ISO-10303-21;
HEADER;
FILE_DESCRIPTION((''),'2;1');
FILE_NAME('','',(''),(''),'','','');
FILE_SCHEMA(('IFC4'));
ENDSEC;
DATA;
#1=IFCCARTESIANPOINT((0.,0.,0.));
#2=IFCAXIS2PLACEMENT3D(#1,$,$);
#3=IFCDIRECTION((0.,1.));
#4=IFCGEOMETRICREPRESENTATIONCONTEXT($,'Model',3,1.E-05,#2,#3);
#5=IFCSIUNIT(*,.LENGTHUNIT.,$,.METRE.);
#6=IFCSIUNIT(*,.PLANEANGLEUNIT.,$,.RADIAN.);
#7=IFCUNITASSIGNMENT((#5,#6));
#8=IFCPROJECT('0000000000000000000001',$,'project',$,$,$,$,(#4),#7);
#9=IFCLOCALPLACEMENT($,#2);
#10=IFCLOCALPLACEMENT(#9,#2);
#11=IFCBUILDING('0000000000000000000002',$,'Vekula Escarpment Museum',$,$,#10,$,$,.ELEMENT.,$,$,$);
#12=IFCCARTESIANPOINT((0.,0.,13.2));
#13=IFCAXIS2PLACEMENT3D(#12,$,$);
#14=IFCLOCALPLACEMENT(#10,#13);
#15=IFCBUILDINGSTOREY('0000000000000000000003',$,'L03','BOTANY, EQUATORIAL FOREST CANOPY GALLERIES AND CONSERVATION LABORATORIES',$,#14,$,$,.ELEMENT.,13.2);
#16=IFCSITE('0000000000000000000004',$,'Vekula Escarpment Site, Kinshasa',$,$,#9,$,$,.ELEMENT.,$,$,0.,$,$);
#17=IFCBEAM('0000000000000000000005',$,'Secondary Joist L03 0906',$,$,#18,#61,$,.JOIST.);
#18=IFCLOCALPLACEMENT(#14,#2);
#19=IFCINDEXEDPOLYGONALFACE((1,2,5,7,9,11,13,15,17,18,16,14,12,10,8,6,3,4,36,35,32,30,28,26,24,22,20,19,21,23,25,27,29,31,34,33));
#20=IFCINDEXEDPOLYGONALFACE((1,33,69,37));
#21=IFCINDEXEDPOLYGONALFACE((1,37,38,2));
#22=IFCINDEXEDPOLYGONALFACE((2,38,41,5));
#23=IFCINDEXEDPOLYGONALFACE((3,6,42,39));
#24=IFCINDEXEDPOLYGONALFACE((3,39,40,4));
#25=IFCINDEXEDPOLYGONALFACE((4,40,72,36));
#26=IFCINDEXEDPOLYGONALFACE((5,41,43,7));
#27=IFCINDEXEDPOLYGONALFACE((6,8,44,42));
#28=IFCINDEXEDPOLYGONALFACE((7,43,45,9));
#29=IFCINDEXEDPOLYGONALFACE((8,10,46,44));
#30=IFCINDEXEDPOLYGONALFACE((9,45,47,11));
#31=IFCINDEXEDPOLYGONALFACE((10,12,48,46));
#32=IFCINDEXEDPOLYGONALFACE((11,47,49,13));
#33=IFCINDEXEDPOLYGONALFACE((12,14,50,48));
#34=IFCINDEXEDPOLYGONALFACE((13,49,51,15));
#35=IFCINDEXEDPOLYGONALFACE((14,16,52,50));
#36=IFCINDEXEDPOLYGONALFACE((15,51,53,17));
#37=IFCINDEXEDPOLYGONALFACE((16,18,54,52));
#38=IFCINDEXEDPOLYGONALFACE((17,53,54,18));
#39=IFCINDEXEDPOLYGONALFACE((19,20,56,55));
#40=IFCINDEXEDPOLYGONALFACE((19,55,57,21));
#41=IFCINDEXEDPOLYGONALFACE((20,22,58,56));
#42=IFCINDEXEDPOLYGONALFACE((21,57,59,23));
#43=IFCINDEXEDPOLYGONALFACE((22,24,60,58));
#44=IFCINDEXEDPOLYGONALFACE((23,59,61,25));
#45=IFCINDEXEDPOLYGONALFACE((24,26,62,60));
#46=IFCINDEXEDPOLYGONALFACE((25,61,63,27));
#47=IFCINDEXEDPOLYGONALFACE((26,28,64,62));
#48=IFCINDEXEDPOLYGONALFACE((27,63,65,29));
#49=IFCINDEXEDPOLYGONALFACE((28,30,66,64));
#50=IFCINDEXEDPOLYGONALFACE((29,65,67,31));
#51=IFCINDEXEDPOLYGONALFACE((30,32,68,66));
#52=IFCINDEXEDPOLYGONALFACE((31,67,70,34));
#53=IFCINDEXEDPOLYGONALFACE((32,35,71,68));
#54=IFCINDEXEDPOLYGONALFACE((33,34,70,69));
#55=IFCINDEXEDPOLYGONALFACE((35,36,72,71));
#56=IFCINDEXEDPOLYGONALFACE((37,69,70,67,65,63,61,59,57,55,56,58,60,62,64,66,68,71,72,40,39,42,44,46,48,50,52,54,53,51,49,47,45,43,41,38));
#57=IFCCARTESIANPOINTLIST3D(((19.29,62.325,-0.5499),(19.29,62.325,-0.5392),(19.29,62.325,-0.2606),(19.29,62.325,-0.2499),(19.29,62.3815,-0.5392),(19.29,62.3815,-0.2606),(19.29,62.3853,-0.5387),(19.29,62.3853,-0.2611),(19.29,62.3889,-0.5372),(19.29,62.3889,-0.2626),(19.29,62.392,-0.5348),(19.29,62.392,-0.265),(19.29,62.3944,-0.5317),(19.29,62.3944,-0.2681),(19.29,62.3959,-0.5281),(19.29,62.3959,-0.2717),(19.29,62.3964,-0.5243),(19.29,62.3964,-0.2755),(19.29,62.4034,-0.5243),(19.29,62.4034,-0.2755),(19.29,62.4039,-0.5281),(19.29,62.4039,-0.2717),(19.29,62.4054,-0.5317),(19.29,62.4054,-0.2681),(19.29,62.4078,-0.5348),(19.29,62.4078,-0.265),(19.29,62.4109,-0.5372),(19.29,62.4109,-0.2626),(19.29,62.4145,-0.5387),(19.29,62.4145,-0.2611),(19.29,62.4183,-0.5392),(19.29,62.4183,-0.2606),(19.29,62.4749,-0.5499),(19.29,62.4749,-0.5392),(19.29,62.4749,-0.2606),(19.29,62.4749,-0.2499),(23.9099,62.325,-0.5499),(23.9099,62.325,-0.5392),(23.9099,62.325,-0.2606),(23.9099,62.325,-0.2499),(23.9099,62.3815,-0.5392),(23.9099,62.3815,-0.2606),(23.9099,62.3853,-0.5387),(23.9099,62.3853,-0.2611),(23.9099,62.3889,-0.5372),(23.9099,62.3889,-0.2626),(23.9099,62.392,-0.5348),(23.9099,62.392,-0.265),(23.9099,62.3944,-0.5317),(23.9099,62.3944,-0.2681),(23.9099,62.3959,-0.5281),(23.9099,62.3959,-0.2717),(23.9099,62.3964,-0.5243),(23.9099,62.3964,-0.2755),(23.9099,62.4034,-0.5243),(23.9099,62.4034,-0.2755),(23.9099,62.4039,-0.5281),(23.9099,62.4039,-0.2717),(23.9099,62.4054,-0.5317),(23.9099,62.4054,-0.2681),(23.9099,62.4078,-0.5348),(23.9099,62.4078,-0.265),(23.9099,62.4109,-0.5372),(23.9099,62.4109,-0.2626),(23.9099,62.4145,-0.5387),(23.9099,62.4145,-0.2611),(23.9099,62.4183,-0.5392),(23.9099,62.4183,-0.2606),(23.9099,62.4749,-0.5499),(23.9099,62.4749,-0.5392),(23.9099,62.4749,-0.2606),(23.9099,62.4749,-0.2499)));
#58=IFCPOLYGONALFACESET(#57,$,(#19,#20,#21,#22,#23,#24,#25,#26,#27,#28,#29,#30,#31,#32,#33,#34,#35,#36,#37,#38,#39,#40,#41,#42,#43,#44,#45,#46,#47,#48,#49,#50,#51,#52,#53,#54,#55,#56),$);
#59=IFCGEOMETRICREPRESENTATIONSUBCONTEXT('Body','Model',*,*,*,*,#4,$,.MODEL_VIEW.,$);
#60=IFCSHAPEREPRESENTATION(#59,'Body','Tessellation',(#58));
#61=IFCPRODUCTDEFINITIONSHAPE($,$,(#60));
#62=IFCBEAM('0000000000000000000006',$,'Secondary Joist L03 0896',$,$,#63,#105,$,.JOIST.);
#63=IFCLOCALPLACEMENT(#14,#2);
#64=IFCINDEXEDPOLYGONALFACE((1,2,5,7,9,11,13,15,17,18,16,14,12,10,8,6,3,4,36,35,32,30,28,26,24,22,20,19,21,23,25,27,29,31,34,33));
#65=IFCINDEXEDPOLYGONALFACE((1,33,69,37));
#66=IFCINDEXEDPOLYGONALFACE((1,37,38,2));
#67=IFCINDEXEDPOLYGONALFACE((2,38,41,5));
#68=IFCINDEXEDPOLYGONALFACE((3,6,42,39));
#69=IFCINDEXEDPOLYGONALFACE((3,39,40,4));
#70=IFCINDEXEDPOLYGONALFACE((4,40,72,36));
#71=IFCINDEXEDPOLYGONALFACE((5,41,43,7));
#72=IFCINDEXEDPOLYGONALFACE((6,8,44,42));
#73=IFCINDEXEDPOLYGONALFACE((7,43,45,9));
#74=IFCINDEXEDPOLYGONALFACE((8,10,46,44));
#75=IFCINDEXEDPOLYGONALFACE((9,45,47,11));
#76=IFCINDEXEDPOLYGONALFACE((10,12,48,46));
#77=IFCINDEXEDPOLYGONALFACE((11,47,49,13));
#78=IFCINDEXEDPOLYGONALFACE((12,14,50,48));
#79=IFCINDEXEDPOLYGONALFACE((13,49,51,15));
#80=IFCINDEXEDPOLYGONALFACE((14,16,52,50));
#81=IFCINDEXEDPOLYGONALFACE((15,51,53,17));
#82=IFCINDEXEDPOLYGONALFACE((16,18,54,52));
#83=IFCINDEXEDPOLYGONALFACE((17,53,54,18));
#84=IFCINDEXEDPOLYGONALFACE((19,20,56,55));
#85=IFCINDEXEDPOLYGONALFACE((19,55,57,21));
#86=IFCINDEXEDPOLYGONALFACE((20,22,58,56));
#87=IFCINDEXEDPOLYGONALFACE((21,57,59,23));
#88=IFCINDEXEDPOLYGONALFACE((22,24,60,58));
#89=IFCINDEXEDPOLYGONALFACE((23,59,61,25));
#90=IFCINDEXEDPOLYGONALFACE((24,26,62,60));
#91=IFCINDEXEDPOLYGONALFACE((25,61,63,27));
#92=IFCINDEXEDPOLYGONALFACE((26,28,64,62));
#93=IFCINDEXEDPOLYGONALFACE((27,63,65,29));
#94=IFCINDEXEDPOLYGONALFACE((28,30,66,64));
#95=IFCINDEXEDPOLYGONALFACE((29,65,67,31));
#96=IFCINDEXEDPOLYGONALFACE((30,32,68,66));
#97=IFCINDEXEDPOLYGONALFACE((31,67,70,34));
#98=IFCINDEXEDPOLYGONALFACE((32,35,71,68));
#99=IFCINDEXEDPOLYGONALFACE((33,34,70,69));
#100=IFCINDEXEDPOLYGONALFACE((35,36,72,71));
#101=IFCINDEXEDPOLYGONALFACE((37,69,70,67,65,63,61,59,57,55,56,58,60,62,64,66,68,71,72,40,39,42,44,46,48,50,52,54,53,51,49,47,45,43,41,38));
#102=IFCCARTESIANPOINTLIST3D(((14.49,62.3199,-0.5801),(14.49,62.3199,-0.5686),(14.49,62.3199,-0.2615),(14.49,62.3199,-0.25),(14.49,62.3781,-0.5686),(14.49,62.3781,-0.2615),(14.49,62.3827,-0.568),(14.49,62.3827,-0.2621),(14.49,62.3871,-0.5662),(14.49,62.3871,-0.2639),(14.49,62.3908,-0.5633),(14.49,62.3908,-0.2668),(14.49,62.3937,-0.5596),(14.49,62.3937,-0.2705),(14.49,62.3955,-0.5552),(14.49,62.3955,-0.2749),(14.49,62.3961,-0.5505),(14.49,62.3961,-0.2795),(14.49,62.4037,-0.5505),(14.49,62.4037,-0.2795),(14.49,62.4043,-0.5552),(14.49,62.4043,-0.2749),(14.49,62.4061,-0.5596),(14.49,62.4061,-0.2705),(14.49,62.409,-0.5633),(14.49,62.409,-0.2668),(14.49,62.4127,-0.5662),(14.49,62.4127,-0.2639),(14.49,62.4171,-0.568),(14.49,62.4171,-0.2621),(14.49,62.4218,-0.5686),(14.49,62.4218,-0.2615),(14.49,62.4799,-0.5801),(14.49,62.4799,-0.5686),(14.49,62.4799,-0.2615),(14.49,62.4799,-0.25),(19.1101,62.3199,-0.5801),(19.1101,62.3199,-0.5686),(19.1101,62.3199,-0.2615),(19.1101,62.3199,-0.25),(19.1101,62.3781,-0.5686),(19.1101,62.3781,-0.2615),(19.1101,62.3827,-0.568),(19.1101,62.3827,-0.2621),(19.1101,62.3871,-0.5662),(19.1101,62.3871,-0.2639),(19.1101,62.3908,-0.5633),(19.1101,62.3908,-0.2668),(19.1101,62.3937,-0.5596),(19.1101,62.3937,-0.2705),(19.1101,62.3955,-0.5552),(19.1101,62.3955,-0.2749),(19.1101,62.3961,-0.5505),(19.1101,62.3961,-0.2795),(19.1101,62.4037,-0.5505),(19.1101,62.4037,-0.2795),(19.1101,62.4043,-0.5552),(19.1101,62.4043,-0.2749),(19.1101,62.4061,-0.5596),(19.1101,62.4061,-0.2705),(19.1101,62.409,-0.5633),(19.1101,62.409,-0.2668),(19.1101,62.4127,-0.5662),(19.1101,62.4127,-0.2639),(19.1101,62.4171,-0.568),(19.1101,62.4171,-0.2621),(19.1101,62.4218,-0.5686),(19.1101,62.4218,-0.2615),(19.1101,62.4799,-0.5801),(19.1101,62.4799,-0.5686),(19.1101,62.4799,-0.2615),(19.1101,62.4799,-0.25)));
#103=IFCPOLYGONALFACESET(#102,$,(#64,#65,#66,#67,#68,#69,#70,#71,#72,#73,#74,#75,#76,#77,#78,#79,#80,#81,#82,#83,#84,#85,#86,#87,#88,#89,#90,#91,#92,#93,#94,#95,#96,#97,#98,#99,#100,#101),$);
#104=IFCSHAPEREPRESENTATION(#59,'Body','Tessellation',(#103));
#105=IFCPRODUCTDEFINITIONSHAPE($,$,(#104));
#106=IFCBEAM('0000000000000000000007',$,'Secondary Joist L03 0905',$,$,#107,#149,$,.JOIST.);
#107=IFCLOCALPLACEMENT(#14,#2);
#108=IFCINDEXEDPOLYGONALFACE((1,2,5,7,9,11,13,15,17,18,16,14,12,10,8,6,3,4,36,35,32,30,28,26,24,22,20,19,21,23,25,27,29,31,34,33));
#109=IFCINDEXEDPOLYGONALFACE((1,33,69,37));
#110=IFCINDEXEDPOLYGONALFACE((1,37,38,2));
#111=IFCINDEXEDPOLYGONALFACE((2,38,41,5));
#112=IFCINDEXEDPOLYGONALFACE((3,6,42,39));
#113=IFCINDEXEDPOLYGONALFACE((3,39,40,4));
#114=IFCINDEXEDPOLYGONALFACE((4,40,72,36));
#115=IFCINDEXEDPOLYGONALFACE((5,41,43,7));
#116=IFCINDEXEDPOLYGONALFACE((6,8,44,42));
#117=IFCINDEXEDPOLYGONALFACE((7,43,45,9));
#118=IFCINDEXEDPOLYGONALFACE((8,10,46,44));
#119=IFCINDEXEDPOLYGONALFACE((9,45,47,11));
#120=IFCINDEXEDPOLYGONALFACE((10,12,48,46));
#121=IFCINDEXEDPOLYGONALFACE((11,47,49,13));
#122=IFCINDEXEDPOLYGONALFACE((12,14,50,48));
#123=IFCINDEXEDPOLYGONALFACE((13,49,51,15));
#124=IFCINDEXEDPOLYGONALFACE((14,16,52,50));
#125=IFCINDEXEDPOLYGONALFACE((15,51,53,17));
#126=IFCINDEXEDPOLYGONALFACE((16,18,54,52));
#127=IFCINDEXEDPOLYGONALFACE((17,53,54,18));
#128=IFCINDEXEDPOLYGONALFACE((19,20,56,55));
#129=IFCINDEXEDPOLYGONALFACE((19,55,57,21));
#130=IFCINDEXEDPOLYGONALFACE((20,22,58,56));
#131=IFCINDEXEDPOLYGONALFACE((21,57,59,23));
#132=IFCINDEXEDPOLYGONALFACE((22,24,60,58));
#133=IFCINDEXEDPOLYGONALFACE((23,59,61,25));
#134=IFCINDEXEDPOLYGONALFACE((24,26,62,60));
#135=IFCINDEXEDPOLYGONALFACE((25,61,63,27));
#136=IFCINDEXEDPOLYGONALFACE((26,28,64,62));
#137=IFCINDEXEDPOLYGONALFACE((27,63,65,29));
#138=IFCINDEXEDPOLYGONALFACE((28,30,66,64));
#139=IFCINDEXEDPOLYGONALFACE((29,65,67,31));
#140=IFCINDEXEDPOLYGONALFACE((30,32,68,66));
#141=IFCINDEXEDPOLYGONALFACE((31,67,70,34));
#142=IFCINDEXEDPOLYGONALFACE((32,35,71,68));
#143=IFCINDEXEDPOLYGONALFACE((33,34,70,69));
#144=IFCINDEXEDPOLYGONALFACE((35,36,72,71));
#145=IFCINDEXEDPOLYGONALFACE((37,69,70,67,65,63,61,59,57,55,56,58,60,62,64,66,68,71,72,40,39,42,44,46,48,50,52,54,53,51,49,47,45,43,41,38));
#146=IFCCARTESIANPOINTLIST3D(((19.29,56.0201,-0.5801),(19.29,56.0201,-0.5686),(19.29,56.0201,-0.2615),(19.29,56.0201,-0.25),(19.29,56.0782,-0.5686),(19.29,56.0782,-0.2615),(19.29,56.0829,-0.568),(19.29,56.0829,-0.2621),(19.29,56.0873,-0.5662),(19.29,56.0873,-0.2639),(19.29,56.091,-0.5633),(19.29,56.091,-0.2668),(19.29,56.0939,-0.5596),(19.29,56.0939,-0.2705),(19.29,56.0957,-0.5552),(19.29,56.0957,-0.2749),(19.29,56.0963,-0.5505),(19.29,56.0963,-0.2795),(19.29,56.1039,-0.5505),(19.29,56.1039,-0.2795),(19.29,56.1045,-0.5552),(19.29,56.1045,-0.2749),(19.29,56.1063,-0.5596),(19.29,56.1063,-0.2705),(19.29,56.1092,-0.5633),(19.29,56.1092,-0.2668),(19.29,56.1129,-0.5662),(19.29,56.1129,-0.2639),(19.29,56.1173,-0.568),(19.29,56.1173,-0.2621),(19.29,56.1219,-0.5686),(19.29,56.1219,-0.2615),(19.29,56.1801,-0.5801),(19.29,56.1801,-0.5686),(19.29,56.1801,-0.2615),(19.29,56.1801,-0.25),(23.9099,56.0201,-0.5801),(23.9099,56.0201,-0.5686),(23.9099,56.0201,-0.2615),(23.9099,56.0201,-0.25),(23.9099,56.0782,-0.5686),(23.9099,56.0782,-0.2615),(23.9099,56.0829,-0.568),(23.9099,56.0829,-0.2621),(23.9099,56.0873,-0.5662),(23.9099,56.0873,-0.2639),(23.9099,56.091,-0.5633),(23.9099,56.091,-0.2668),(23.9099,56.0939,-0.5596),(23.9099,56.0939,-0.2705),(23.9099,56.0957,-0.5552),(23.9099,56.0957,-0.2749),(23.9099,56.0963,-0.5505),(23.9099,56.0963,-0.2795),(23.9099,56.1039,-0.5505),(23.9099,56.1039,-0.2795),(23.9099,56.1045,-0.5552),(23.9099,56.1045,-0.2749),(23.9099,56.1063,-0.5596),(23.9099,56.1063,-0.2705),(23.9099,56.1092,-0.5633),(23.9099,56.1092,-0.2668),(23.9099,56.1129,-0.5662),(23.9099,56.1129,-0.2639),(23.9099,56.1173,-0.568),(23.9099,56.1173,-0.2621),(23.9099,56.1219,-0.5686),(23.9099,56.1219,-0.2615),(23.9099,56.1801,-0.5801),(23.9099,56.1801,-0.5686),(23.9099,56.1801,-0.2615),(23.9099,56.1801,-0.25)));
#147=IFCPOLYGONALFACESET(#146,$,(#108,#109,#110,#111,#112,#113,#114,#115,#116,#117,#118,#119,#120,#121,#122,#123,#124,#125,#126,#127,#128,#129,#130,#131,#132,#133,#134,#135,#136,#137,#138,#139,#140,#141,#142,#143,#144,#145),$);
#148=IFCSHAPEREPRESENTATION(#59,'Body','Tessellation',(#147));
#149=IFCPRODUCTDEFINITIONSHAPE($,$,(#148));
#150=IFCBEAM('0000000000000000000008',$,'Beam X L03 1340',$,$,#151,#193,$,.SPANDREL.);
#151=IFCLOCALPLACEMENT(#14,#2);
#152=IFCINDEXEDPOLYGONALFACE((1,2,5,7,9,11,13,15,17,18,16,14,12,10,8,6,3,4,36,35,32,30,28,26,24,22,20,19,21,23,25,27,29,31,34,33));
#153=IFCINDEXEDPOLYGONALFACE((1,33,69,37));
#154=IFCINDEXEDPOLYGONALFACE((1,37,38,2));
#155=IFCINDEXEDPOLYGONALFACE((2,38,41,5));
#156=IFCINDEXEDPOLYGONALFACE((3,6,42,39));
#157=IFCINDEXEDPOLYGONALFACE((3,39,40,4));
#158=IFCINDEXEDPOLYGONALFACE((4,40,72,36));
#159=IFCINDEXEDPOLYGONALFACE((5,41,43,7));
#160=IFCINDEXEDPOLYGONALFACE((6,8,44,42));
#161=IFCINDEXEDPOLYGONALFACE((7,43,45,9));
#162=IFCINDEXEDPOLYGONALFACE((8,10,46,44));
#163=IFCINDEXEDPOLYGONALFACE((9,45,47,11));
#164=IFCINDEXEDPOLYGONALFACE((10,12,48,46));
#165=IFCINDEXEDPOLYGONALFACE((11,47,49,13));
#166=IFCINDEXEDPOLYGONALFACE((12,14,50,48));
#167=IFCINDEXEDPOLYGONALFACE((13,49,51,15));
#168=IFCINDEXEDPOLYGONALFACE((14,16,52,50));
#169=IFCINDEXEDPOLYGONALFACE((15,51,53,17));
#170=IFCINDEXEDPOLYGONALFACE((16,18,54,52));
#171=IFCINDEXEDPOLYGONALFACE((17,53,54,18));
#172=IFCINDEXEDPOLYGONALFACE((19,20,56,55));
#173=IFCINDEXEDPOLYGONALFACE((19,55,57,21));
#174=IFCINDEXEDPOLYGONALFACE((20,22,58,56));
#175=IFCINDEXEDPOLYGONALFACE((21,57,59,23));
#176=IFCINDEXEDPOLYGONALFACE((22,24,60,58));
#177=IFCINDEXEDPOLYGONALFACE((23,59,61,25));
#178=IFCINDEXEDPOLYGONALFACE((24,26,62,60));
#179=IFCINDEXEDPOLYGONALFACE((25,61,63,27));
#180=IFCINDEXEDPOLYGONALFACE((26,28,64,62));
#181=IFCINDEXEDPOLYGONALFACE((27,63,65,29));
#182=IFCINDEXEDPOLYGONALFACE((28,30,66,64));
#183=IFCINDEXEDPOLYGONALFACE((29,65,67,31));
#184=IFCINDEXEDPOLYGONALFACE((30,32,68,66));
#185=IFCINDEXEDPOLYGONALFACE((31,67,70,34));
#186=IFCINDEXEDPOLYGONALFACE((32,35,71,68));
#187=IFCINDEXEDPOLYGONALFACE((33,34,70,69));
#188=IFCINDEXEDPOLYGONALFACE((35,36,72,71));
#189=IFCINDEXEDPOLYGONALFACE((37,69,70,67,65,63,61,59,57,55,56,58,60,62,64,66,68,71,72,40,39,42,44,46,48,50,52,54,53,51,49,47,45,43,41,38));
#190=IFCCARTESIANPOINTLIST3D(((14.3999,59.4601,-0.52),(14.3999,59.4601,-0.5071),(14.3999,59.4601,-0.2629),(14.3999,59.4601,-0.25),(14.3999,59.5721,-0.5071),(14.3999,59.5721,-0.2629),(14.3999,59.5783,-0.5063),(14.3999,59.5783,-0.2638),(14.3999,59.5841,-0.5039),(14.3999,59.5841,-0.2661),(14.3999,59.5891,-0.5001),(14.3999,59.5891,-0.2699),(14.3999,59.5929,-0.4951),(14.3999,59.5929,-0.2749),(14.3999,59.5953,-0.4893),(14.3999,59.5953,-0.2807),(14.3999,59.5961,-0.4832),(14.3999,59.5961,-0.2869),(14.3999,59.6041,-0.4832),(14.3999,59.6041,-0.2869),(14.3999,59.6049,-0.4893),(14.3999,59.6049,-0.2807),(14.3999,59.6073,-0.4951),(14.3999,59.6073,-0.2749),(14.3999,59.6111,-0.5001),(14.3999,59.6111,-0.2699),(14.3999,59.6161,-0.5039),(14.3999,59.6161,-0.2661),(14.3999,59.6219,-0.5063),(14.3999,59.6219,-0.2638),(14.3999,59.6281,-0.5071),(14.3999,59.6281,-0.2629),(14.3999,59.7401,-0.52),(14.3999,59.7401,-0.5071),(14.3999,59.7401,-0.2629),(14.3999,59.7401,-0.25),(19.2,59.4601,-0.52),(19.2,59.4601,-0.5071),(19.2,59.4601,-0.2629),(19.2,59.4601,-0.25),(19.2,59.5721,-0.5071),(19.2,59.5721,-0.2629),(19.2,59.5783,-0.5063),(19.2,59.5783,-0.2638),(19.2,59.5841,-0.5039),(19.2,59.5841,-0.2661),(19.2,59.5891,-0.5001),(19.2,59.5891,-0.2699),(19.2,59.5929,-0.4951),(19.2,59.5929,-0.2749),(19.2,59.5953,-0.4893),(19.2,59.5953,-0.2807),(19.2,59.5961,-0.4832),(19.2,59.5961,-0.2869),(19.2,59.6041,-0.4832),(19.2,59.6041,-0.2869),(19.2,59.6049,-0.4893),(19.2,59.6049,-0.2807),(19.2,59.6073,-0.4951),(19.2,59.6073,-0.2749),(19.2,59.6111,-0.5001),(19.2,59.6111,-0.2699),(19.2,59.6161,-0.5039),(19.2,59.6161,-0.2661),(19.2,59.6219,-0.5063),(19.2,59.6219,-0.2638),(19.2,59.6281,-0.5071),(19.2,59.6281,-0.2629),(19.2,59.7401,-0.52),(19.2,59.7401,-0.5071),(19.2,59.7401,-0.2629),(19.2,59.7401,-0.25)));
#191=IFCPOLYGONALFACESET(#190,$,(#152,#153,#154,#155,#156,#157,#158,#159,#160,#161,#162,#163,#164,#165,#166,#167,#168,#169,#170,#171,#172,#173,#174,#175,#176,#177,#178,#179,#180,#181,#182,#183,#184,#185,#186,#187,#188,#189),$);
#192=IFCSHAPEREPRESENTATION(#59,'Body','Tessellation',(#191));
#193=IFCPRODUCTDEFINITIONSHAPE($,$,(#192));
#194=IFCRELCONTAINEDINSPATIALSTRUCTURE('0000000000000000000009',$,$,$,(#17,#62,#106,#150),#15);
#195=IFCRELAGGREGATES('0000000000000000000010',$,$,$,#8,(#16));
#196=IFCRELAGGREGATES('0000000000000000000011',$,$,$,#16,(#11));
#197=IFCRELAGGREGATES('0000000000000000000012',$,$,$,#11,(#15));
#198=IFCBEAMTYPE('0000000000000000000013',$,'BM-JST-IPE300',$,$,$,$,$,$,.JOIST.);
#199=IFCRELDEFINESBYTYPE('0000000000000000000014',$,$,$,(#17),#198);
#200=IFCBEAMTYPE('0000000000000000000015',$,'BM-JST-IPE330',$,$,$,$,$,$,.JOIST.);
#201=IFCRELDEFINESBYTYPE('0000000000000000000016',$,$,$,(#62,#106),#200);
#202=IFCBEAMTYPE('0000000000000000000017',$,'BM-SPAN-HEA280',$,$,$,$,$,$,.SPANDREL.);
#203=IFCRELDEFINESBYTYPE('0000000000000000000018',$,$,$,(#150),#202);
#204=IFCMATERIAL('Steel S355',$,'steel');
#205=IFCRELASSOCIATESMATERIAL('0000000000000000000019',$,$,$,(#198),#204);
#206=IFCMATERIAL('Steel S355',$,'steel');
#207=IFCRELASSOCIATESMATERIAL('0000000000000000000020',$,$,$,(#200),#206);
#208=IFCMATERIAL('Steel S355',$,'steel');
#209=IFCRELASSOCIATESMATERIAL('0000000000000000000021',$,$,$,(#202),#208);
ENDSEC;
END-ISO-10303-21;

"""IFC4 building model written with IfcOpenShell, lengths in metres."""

from ifc_helpers import new_model, si_unit, direction, frame, origin, origin_2d, place, context, subcontext, project, spatial, i_section, extrude, material, material_profile, profile_set, type_object, element, save


model = new_model("IFC4")

# Units and contexts
model_context = context("Model", 3, precision=1e-05, world=origin(), true_north=direction((0.0, 1.0)))
body_context = subcontext(model_context, "Body", "Model", "MODEL_VIEW")
ifc_project = project(units=[si_unit("LENGTHUNIT", "METRE"), si_unit("PLANEANGLEUNIT", "RADIAN")], contexts=[model_context])

# Site, building, storey
site_placement = place(None, origin())
site = spatial("IfcSite", under=ifc_project, at=site_placement, Name="Vekula Escarpment Site, Kinshasa", CompositionType="ELEMENT", RefElevation=0.0)
building_placement = place(site_placement, origin())
building = spatial("IfcBuilding", under=site, at=building_placement, Name="Vekula Escarpment Museum", CompositionType="ELEMENT")
storey_placement = place(building_placement, frame((0.0, 0.0, 13.2)))
storey = spatial("IfcBuildingStorey", under=building, at=storey_placement, Name="L03", Description="BOTANY, EQUATORIAL FOREST CANOPY GALLERIES AND CONSERVATION LABORATORIES", CompositionType="ELEMENT", Elevation=13.2)

# Beams
ifc_material_1 = material(Name="Steel S355", Category="steel")
ifc_material_profile_1 = material_profile(ifc_material_1, i_section(OverallWidth=0.1499, OverallDepth=0.3, WebThickness=0.0071, FlangeThickness=0.0107, FilletRadius=0.0149, at=origin_2d()), Name="IPE 300")
ifc_profile_set_1 = profile_set([ifc_material_profile_1], Name="Steel S355")
beam_type_1 = type_object("IfcBeamType", Name="BM-JST-IPE300", PredefinedType="JOIST", material=ifc_profile_set_1)
beam_1_placement = place(storey_placement, frame((19.29, 62.3999, -0.3999), z_axis=(1.0, 0.0, 0.0), x_axis=(0.0, 1.0, 0.0)))
element("IfcBeam", 1, at=beam_1_placement, inside=storey, type_object=beam_type_1, Name="Secondary Joist L03 0906", PredefinedType="JOIST", context=body_context, shape_type="SweptSolid", body=[
    extrude(i_section(OverallWidth=0.1499, OverallDepth=0.3, WebThickness=0.0071, FlangeThickness=0.0107, FilletRadius=0.0149, at=origin_2d()), origin(), (0.0, 0.0, 1.0), 4.6199),
])
ifc_material_2 = material(Name="Steel S355", Category="steel")
ifc_material_profile_2 = material_profile(ifc_material_2, i_section(OverallWidth=0.1599, OverallDepth=0.3301, WebThickness=0.0076, FlangeThickness=0.0115, FilletRadius=0.0181, at=origin_2d()), Name="IPE 330")
ifc_profile_set_2 = profile_set([ifc_material_profile_2], Name="Steel S355")
beam_type_2 = type_object("IfcBeamType", Name="BM-JST-IPE330", PredefinedType="JOIST", material=ifc_profile_set_2)
beam_2_placement = place(storey_placement, frame((14.49, 62.3999, -0.415), z_axis=(1.0, 0.0, 0.0), x_axis=(0.0, 1.0, 0.0)))
element("IfcBeam", 2, at=beam_2_placement, inside=storey, type_object=beam_type_2, Name="Secondary Joist L03 0896", PredefinedType="JOIST", context=body_context, shape_type="SweptSolid", body=[
    extrude(i_section(OverallWidth=0.1599, OverallDepth=0.3301, WebThickness=0.0076, FlangeThickness=0.0115, FilletRadius=0.0181, at=origin_2d()), origin(), (0.0, 0.0, 1.0), 4.6201),
])
beam_3_placement = place(storey_placement, frame((19.29, 56.1001, -0.415), z_axis=(1.0, 0.0, 0.0), x_axis=(0.0, 1.0, 0.0)))
element("IfcBeam", 3, at=beam_3_placement, inside=storey, type_object=beam_type_2, Name="Secondary Joist L03 0905", PredefinedType="JOIST", context=body_context, shape_type="SweptSolid", body=[
    extrude(i_section(OverallWidth=0.1599, OverallDepth=0.3301, WebThickness=0.0076, FlangeThickness=0.0115, FilletRadius=0.0181, at=origin_2d()), origin(), (0.0, 0.0, 1.0), 4.6199),
])
ifc_material_3 = material(Name="Steel S355", Category="steel")
ifc_material_profile_3 = material_profile(ifc_material_3, i_section(OverallWidth=0.28, OverallDepth=0.27, WebThickness=0.0081, FlangeThickness=0.0129, FilletRadius=0.0239, at=origin_2d()), Name="HEA 280")
ifc_profile_set_3 = profile_set([ifc_material_profile_3], Name="Steel S355")
beam_type_3 = type_object("IfcBeamType", Name="BM-SPAN-HEA280", PredefinedType="SPANDREL", material=ifc_profile_set_3)
for number, where, z_axis, x_axis, name in (
    (4, (14.3999, 59.6001, -0.385), (1.0, 0.0, 0.0), (0.0, 1.0, 0.0), "Beam X L03 1340"),
):
    element("IfcBeam", number, at=place(storey_placement, frame(where, z_axis=z_axis, x_axis=x_axis)), inside=storey, type_object=beam_type_3, Name=name, PredefinedType="SPANDREL", context=body_context, shape_type="SweptSolid", body=[
        extrude(i_section(OverallWidth=0.28, OverallDepth=0.27, WebThickness=0.0081, FlangeThickness=0.0129, FilletRadius=0.0239, at=origin_2d()), origin(), (0.0, 0.0, 1.0), 4.8),
    ])

save(model, "model.ifc")
